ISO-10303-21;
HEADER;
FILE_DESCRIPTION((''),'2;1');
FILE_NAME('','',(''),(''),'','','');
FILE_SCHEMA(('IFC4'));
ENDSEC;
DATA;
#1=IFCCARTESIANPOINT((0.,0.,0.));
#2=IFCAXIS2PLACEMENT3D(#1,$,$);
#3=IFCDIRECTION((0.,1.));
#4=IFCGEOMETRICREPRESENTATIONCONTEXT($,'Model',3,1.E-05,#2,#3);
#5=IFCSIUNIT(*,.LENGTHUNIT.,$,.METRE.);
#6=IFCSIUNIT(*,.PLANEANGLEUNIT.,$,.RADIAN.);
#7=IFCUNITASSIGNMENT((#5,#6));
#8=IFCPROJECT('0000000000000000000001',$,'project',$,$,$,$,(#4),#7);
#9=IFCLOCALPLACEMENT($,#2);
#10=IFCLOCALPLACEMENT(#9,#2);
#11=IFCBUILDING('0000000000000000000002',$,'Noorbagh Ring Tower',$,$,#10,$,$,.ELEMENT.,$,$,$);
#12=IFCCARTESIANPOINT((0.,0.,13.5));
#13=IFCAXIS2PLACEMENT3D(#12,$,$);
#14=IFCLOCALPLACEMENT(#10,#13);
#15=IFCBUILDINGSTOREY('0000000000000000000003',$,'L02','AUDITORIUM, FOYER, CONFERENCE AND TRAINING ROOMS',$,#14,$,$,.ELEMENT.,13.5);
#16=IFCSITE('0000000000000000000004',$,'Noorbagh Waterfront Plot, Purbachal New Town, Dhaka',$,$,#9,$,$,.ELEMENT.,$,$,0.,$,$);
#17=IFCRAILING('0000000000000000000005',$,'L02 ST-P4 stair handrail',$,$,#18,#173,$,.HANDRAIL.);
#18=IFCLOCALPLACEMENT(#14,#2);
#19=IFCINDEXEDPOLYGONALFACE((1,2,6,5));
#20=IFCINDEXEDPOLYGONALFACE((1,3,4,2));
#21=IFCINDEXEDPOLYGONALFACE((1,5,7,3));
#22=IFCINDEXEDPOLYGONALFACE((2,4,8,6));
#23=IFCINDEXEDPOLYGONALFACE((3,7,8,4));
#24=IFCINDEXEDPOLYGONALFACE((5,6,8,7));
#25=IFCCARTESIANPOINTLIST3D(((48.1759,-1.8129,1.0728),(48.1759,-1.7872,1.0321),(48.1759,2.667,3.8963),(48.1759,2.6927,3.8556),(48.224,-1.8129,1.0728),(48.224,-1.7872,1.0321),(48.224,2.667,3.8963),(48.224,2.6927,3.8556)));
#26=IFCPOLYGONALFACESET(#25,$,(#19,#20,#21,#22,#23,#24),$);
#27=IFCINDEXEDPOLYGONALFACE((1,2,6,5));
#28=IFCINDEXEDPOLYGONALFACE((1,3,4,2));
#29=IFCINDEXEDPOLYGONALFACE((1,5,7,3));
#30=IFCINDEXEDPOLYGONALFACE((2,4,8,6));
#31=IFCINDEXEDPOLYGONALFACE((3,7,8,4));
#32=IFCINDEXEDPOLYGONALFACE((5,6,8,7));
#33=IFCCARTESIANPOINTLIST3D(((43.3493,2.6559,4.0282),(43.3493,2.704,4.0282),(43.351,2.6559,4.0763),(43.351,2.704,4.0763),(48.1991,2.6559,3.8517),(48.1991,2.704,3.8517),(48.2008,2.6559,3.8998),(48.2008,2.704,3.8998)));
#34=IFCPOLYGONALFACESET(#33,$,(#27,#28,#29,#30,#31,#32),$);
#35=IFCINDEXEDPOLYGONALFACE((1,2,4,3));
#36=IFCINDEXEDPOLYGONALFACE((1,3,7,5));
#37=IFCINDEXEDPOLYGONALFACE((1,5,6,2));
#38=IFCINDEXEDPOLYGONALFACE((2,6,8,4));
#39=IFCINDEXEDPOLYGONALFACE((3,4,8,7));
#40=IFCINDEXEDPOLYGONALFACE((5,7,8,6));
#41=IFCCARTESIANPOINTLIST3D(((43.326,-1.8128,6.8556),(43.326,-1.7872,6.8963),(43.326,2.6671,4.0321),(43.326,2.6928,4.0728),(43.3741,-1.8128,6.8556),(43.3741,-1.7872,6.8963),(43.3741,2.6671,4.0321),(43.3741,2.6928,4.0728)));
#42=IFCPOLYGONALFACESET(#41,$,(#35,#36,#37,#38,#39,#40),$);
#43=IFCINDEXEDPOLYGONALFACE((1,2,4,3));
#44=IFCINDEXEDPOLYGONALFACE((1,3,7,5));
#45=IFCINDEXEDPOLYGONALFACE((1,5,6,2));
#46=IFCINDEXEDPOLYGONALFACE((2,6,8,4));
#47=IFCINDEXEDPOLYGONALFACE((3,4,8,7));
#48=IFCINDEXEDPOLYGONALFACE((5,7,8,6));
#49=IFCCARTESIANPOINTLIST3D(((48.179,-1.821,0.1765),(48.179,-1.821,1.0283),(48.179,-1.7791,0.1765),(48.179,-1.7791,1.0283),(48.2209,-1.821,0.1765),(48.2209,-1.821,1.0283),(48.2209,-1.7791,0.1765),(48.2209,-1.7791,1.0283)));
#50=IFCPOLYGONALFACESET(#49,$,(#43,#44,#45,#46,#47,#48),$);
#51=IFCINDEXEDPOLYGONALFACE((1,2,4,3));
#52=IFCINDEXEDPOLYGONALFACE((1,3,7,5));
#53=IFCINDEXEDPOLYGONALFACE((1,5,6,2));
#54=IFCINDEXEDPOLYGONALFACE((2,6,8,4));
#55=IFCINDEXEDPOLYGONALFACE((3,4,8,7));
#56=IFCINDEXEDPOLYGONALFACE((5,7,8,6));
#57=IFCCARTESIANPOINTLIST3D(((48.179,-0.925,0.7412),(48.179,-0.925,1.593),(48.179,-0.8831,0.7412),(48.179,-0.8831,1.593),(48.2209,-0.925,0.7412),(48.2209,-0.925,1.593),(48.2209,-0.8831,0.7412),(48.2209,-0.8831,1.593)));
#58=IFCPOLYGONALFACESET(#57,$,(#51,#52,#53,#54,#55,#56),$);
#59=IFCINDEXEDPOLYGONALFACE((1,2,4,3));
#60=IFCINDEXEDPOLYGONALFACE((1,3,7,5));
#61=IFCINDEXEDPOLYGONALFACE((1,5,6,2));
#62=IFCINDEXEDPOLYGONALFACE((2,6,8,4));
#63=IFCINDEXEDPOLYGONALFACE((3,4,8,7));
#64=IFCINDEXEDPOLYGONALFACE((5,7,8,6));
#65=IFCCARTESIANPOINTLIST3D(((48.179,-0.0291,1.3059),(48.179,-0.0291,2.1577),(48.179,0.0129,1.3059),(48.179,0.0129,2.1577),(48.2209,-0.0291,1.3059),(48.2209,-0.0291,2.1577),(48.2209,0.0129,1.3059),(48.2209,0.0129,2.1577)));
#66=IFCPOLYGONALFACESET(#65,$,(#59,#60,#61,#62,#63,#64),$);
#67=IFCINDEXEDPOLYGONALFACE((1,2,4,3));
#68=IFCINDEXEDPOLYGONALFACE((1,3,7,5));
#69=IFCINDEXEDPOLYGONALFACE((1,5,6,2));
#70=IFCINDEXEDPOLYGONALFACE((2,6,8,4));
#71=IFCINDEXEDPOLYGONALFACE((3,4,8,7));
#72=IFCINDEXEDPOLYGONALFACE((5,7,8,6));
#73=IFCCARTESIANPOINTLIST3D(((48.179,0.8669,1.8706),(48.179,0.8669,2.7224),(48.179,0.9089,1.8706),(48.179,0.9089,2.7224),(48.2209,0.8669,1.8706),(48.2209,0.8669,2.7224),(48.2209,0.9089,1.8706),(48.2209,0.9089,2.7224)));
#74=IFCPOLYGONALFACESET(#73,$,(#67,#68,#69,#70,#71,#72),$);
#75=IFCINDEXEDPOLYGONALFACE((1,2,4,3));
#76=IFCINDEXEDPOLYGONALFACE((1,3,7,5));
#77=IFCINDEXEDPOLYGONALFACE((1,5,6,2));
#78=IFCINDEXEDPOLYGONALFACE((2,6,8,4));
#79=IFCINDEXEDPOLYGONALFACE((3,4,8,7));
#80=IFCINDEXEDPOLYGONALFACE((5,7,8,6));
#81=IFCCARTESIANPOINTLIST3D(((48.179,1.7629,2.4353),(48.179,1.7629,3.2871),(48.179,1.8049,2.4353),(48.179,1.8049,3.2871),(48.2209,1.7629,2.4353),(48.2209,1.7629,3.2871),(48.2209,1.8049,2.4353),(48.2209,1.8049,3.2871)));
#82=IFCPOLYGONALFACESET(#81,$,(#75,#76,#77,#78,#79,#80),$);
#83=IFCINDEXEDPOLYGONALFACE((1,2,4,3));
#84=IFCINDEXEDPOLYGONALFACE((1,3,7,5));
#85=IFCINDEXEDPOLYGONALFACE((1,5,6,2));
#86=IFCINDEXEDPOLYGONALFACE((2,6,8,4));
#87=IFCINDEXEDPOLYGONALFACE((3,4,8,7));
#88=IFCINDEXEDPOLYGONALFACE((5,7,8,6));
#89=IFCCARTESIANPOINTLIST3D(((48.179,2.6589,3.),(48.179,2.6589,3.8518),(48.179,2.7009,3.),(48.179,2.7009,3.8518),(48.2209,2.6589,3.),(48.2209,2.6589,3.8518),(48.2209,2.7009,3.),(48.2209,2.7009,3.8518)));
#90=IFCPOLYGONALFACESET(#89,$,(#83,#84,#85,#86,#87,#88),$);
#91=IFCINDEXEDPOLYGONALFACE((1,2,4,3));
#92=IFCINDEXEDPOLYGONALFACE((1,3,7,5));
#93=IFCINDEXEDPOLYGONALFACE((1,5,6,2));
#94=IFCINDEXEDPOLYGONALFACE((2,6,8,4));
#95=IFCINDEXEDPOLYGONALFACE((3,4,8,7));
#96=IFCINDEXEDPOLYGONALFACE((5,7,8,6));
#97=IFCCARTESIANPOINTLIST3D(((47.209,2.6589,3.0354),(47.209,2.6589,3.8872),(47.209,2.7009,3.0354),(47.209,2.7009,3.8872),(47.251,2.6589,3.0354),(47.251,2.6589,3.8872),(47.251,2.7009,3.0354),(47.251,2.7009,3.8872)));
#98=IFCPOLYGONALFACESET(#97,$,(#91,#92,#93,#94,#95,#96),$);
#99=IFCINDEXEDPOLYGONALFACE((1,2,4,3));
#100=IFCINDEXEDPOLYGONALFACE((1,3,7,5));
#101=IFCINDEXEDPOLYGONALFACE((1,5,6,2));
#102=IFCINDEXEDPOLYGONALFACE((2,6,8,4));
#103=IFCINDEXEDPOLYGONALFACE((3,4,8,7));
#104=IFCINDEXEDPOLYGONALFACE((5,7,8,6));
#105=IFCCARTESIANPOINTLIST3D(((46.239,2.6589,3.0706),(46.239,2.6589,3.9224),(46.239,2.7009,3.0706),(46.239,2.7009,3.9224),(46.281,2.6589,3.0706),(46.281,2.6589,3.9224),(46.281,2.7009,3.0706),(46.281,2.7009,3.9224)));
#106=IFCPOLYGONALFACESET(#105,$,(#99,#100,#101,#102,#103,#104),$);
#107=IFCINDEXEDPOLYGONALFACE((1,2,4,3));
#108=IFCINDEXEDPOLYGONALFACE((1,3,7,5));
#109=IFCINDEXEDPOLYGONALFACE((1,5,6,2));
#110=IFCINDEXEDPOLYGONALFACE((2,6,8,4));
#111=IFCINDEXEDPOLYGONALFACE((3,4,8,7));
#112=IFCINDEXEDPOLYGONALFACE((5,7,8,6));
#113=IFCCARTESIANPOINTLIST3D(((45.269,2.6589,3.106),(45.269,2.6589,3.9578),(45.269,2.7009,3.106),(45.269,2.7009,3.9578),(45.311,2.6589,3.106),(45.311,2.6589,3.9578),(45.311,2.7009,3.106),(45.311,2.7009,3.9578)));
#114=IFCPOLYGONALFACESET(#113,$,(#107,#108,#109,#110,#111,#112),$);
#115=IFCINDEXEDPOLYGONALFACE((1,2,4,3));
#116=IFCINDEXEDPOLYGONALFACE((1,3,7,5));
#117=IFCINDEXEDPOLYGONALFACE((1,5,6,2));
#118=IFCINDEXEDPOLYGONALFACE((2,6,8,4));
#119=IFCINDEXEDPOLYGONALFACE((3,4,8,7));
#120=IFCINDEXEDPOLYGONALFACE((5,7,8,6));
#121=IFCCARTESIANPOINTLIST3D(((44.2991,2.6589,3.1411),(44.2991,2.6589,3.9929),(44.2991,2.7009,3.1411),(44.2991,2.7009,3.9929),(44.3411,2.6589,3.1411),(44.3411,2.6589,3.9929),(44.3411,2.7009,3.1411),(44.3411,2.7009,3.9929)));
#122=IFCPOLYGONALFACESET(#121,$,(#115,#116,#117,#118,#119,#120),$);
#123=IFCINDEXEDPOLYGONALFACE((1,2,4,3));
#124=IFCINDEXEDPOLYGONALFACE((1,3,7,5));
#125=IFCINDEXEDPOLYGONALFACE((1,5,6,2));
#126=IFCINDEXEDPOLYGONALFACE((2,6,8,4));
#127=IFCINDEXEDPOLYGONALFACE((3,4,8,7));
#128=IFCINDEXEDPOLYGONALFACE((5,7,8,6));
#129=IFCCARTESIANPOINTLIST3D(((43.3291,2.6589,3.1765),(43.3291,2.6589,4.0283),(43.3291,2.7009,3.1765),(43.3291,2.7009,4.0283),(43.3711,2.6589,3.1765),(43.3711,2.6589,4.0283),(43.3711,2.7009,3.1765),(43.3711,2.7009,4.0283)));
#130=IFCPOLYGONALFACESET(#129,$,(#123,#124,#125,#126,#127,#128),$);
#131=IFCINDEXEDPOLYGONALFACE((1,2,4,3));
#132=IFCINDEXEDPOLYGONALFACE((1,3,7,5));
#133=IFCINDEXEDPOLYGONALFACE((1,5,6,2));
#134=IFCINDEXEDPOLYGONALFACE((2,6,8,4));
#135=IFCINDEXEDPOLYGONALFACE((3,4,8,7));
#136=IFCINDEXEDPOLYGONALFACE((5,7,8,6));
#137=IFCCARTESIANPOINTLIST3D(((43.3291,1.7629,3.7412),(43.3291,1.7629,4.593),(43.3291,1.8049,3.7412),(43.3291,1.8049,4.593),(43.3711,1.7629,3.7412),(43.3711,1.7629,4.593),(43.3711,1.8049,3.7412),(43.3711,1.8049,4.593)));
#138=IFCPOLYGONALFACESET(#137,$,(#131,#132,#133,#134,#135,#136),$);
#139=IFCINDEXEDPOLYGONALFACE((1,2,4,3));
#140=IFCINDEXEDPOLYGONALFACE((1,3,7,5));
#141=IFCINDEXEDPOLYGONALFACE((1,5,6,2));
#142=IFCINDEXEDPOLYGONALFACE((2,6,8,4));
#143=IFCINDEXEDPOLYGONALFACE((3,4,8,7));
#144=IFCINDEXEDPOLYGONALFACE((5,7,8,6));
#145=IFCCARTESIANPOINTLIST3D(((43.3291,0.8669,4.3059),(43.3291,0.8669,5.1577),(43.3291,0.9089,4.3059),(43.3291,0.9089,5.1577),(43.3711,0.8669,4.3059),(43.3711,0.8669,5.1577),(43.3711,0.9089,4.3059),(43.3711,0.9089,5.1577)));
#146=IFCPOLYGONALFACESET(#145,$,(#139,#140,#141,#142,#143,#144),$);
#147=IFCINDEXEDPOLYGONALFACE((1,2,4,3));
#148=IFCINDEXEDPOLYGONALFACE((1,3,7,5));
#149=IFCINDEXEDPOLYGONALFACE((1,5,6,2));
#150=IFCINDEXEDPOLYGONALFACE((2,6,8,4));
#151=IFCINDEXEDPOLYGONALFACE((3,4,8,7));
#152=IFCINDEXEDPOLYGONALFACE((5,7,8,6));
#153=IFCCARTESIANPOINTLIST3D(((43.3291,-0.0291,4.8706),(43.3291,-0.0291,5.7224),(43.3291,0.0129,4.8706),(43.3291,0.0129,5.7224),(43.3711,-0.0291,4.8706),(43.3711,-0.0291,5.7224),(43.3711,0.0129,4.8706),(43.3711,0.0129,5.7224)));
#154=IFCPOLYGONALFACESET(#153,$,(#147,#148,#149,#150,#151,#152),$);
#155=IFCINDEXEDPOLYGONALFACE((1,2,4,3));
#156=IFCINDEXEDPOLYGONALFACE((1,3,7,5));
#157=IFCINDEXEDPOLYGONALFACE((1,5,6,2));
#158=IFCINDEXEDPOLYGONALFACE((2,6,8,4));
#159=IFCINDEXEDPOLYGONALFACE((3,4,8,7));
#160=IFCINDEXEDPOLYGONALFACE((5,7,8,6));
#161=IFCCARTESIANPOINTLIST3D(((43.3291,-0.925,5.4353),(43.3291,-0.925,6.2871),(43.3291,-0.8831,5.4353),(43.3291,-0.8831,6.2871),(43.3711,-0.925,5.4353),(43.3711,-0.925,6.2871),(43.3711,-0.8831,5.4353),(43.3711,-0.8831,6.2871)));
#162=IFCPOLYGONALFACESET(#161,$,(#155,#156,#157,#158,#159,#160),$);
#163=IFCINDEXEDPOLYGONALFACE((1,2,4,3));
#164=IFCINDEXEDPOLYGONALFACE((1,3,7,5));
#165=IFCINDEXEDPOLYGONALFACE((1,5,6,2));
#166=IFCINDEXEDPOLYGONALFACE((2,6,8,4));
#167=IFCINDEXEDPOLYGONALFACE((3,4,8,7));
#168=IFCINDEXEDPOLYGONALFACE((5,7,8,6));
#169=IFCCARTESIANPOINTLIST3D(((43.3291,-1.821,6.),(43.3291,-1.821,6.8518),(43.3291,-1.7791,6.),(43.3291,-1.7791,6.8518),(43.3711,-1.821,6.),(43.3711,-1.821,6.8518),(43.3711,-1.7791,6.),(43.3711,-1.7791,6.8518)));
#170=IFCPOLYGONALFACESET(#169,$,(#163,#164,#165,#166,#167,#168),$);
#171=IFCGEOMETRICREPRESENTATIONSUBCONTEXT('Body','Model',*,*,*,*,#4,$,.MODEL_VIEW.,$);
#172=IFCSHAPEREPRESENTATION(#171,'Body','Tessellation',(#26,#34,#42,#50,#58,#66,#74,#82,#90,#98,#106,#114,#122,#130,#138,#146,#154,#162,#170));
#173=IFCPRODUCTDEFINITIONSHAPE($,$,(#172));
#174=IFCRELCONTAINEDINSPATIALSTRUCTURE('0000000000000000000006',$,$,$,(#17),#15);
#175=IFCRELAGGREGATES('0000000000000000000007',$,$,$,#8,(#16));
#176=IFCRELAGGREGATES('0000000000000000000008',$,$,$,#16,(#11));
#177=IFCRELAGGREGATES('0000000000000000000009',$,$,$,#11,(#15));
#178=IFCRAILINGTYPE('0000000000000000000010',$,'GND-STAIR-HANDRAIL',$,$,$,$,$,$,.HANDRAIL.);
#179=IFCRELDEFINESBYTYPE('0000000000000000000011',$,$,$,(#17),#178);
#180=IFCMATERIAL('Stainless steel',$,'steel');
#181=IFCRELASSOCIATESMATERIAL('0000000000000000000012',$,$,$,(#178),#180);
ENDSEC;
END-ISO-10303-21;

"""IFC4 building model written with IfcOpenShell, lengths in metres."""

from ifc_helpers import new_model, si_unit, direction, frame, origin, origin_2d, place, context, subcontext, project, spatial, rectangle, extrude, material, type_object, element, save


model = new_model("IFC4")

# Units and contexts
model_context = context("Model", 3, precision=1e-05, world=origin(), true_north=direction((0.0, 1.0)))
body_context = subcontext(model_context, "Body", "Model", "MODEL_VIEW")
ifc_project = project(units=[si_unit("LENGTHUNIT", "METRE"), si_unit("PLANEANGLEUNIT", "RADIAN")], contexts=[model_context])

# Site, building, storey
site_placement = place(None, origin())
site = spatial("IfcSite", under=ifc_project, at=site_placement, Name="Noorbagh Waterfront Plot, Purbachal New Town, Dhaka", CompositionType="ELEMENT", RefElevation=0.0)
building_placement = place(site_placement, origin())
building = spatial("IfcBuilding", under=site, at=building_placement, Name="Noorbagh Ring Tower", CompositionType="ELEMENT")
storey_placement = place(building_placement, frame((0.0, 0.0, 13.5)))
storey = spatial("IfcBuildingStorey", under=building, at=storey_placement, Name="L02", Description="AUDITORIUM, FOYER, CONFERENCE AND TRAINING ROOMS", CompositionType="ELEMENT", Elevation=13.5)

# Railing
ifc_material_1 = material(Name="Stainless steel", Category="steel")
railing_type_1 = type_object("IfcRailingType", Name="GND-STAIR-HANDRAIL", PredefinedType="HANDRAIL", material=ifc_material_1)
railing_1_placement = place(storey_placement, frame((48.2, -1.8, 0.1765)))
element("IfcRailing", 1, at=railing_1_placement, inside=storey, type_object=railing_type_1, Name="L02 ST-P4 stair handrail", PredefinedType="HANDRAIL", context=body_context, shape_type="SweptSolid", body=[
    extrude(rectangle(XDim=0.0481, YDim=0.0481, at=origin_2d()), frame((0.0, 0.0, 0.876), z_axis=(0.0, 0.845998, 0.533186), x_axis=(-1.0, 0.0, 0.0)), (0.0, 0.0, 1.0), 5.2954),
    extrude(rectangle(XDim=0.0481, YDim=0.0481, at=origin_2d()), frame((0.0, 4.48, 3.6992), z_axis=(-0.999338, 0.0, 0.036372), x_axis=(0.0, -1.0, 0.0)), (0.0, 0.0, 1.0), 4.853),
    extrude(rectangle(XDim=0.0481, YDim=0.0481, at=origin_2d()), frame((-4.8499, 4.48, 3.876), z_axis=(0.0, -0.845998, 0.533186), x_axis=(1.0, 0.0, 0.0)), (0.0, 0.0, 1.0), 5.2954),
    extrude(rectangle(XDim=0.042, YDim=0.042, at=origin_2d()), origin(), (0.0, 0.0, 1.0), 0.8518),
    extrude(rectangle(XDim=0.042, YDim=0.042, at=origin_2d()), frame((0.0, 0.896, 0.5647)), (0.0, 0.0, 1.0), 0.8518),
    extrude(rectangle(XDim=0.042, YDim=0.042, at=origin_2d()), frame((0.0, 1.792, 1.1294)), (0.0, 0.0, 1.0), 0.8518),
    extrude(rectangle(XDim=0.042, YDim=0.042, at=origin_2d()), frame((0.0, 2.688, 1.6941)), (0.0, 0.0, 1.0), 0.8518),
    extrude(rectangle(XDim=0.042, YDim=0.042, at=origin_2d()), frame((0.0, 3.584, 2.2588)), (0.0, 0.0, 1.0), 0.8518),
    extrude(rectangle(XDim=0.042, YDim=0.042, at=origin_2d()), frame((0.0, 4.48, 2.8235)), (0.0, 0.0, 1.0), 0.8518),
    extrude(rectangle(XDim=0.042, YDim=0.042, at=origin_2d()), frame((-0.97, 4.48, 2.8589)), (0.0, 0.0, 1.0), 0.8518),
    extrude(rectangle(XDim=0.042, YDim=0.042, at=origin_2d()), frame((-1.9399, 4.48, 2.894)), (0.0, 0.0, 1.0), 0.8518),
    extrude(rectangle(XDim=0.042, YDim=0.042, at=origin_2d()), frame((-2.9099, 4.48, 2.9294)), (0.0, 0.0, 1.0), 0.8518),
    extrude(rectangle(XDim=0.042, YDim=0.042, at=origin_2d()), frame((-3.8799, 4.48, 2.9646)), (0.0, 0.0, 1.0), 0.8518),
    extrude(rectangle(XDim=0.042, YDim=0.042, at=origin_2d()), frame((-4.8499, 4.48, 3.0)), (0.0, 0.0, 1.0), 0.8518),
    extrude(rectangle(XDim=0.042, YDim=0.042, at=origin_2d()), frame((-4.8499, 3.584, 3.5647)), (0.0, 0.0, 1.0), 0.8518),
    extrude(rectangle(XDim=0.042, YDim=0.042, at=origin_2d()), frame((-4.8499, 2.688, 4.1294)), (0.0, 0.0, 1.0), 0.8518),
    extrude(rectangle(XDim=0.042, YDim=0.042, at=origin_2d()), frame((-4.8499, 1.792, 4.6941)), (0.0, 0.0, 1.0), 0.8518),
    extrude(rectangle(XDim=0.042, YDim=0.042, at=origin_2d()), frame((-4.8499, 0.896, 5.2588)), (0.0, 0.0, 1.0), 0.8518),
    extrude(rectangle(XDim=0.042, YDim=0.042, at=origin_2d()), frame((-4.8499, 0.0, 5.8235)), (0.0, 0.0, 1.0), 0.8518),
])

save(model, "model.ifc")
